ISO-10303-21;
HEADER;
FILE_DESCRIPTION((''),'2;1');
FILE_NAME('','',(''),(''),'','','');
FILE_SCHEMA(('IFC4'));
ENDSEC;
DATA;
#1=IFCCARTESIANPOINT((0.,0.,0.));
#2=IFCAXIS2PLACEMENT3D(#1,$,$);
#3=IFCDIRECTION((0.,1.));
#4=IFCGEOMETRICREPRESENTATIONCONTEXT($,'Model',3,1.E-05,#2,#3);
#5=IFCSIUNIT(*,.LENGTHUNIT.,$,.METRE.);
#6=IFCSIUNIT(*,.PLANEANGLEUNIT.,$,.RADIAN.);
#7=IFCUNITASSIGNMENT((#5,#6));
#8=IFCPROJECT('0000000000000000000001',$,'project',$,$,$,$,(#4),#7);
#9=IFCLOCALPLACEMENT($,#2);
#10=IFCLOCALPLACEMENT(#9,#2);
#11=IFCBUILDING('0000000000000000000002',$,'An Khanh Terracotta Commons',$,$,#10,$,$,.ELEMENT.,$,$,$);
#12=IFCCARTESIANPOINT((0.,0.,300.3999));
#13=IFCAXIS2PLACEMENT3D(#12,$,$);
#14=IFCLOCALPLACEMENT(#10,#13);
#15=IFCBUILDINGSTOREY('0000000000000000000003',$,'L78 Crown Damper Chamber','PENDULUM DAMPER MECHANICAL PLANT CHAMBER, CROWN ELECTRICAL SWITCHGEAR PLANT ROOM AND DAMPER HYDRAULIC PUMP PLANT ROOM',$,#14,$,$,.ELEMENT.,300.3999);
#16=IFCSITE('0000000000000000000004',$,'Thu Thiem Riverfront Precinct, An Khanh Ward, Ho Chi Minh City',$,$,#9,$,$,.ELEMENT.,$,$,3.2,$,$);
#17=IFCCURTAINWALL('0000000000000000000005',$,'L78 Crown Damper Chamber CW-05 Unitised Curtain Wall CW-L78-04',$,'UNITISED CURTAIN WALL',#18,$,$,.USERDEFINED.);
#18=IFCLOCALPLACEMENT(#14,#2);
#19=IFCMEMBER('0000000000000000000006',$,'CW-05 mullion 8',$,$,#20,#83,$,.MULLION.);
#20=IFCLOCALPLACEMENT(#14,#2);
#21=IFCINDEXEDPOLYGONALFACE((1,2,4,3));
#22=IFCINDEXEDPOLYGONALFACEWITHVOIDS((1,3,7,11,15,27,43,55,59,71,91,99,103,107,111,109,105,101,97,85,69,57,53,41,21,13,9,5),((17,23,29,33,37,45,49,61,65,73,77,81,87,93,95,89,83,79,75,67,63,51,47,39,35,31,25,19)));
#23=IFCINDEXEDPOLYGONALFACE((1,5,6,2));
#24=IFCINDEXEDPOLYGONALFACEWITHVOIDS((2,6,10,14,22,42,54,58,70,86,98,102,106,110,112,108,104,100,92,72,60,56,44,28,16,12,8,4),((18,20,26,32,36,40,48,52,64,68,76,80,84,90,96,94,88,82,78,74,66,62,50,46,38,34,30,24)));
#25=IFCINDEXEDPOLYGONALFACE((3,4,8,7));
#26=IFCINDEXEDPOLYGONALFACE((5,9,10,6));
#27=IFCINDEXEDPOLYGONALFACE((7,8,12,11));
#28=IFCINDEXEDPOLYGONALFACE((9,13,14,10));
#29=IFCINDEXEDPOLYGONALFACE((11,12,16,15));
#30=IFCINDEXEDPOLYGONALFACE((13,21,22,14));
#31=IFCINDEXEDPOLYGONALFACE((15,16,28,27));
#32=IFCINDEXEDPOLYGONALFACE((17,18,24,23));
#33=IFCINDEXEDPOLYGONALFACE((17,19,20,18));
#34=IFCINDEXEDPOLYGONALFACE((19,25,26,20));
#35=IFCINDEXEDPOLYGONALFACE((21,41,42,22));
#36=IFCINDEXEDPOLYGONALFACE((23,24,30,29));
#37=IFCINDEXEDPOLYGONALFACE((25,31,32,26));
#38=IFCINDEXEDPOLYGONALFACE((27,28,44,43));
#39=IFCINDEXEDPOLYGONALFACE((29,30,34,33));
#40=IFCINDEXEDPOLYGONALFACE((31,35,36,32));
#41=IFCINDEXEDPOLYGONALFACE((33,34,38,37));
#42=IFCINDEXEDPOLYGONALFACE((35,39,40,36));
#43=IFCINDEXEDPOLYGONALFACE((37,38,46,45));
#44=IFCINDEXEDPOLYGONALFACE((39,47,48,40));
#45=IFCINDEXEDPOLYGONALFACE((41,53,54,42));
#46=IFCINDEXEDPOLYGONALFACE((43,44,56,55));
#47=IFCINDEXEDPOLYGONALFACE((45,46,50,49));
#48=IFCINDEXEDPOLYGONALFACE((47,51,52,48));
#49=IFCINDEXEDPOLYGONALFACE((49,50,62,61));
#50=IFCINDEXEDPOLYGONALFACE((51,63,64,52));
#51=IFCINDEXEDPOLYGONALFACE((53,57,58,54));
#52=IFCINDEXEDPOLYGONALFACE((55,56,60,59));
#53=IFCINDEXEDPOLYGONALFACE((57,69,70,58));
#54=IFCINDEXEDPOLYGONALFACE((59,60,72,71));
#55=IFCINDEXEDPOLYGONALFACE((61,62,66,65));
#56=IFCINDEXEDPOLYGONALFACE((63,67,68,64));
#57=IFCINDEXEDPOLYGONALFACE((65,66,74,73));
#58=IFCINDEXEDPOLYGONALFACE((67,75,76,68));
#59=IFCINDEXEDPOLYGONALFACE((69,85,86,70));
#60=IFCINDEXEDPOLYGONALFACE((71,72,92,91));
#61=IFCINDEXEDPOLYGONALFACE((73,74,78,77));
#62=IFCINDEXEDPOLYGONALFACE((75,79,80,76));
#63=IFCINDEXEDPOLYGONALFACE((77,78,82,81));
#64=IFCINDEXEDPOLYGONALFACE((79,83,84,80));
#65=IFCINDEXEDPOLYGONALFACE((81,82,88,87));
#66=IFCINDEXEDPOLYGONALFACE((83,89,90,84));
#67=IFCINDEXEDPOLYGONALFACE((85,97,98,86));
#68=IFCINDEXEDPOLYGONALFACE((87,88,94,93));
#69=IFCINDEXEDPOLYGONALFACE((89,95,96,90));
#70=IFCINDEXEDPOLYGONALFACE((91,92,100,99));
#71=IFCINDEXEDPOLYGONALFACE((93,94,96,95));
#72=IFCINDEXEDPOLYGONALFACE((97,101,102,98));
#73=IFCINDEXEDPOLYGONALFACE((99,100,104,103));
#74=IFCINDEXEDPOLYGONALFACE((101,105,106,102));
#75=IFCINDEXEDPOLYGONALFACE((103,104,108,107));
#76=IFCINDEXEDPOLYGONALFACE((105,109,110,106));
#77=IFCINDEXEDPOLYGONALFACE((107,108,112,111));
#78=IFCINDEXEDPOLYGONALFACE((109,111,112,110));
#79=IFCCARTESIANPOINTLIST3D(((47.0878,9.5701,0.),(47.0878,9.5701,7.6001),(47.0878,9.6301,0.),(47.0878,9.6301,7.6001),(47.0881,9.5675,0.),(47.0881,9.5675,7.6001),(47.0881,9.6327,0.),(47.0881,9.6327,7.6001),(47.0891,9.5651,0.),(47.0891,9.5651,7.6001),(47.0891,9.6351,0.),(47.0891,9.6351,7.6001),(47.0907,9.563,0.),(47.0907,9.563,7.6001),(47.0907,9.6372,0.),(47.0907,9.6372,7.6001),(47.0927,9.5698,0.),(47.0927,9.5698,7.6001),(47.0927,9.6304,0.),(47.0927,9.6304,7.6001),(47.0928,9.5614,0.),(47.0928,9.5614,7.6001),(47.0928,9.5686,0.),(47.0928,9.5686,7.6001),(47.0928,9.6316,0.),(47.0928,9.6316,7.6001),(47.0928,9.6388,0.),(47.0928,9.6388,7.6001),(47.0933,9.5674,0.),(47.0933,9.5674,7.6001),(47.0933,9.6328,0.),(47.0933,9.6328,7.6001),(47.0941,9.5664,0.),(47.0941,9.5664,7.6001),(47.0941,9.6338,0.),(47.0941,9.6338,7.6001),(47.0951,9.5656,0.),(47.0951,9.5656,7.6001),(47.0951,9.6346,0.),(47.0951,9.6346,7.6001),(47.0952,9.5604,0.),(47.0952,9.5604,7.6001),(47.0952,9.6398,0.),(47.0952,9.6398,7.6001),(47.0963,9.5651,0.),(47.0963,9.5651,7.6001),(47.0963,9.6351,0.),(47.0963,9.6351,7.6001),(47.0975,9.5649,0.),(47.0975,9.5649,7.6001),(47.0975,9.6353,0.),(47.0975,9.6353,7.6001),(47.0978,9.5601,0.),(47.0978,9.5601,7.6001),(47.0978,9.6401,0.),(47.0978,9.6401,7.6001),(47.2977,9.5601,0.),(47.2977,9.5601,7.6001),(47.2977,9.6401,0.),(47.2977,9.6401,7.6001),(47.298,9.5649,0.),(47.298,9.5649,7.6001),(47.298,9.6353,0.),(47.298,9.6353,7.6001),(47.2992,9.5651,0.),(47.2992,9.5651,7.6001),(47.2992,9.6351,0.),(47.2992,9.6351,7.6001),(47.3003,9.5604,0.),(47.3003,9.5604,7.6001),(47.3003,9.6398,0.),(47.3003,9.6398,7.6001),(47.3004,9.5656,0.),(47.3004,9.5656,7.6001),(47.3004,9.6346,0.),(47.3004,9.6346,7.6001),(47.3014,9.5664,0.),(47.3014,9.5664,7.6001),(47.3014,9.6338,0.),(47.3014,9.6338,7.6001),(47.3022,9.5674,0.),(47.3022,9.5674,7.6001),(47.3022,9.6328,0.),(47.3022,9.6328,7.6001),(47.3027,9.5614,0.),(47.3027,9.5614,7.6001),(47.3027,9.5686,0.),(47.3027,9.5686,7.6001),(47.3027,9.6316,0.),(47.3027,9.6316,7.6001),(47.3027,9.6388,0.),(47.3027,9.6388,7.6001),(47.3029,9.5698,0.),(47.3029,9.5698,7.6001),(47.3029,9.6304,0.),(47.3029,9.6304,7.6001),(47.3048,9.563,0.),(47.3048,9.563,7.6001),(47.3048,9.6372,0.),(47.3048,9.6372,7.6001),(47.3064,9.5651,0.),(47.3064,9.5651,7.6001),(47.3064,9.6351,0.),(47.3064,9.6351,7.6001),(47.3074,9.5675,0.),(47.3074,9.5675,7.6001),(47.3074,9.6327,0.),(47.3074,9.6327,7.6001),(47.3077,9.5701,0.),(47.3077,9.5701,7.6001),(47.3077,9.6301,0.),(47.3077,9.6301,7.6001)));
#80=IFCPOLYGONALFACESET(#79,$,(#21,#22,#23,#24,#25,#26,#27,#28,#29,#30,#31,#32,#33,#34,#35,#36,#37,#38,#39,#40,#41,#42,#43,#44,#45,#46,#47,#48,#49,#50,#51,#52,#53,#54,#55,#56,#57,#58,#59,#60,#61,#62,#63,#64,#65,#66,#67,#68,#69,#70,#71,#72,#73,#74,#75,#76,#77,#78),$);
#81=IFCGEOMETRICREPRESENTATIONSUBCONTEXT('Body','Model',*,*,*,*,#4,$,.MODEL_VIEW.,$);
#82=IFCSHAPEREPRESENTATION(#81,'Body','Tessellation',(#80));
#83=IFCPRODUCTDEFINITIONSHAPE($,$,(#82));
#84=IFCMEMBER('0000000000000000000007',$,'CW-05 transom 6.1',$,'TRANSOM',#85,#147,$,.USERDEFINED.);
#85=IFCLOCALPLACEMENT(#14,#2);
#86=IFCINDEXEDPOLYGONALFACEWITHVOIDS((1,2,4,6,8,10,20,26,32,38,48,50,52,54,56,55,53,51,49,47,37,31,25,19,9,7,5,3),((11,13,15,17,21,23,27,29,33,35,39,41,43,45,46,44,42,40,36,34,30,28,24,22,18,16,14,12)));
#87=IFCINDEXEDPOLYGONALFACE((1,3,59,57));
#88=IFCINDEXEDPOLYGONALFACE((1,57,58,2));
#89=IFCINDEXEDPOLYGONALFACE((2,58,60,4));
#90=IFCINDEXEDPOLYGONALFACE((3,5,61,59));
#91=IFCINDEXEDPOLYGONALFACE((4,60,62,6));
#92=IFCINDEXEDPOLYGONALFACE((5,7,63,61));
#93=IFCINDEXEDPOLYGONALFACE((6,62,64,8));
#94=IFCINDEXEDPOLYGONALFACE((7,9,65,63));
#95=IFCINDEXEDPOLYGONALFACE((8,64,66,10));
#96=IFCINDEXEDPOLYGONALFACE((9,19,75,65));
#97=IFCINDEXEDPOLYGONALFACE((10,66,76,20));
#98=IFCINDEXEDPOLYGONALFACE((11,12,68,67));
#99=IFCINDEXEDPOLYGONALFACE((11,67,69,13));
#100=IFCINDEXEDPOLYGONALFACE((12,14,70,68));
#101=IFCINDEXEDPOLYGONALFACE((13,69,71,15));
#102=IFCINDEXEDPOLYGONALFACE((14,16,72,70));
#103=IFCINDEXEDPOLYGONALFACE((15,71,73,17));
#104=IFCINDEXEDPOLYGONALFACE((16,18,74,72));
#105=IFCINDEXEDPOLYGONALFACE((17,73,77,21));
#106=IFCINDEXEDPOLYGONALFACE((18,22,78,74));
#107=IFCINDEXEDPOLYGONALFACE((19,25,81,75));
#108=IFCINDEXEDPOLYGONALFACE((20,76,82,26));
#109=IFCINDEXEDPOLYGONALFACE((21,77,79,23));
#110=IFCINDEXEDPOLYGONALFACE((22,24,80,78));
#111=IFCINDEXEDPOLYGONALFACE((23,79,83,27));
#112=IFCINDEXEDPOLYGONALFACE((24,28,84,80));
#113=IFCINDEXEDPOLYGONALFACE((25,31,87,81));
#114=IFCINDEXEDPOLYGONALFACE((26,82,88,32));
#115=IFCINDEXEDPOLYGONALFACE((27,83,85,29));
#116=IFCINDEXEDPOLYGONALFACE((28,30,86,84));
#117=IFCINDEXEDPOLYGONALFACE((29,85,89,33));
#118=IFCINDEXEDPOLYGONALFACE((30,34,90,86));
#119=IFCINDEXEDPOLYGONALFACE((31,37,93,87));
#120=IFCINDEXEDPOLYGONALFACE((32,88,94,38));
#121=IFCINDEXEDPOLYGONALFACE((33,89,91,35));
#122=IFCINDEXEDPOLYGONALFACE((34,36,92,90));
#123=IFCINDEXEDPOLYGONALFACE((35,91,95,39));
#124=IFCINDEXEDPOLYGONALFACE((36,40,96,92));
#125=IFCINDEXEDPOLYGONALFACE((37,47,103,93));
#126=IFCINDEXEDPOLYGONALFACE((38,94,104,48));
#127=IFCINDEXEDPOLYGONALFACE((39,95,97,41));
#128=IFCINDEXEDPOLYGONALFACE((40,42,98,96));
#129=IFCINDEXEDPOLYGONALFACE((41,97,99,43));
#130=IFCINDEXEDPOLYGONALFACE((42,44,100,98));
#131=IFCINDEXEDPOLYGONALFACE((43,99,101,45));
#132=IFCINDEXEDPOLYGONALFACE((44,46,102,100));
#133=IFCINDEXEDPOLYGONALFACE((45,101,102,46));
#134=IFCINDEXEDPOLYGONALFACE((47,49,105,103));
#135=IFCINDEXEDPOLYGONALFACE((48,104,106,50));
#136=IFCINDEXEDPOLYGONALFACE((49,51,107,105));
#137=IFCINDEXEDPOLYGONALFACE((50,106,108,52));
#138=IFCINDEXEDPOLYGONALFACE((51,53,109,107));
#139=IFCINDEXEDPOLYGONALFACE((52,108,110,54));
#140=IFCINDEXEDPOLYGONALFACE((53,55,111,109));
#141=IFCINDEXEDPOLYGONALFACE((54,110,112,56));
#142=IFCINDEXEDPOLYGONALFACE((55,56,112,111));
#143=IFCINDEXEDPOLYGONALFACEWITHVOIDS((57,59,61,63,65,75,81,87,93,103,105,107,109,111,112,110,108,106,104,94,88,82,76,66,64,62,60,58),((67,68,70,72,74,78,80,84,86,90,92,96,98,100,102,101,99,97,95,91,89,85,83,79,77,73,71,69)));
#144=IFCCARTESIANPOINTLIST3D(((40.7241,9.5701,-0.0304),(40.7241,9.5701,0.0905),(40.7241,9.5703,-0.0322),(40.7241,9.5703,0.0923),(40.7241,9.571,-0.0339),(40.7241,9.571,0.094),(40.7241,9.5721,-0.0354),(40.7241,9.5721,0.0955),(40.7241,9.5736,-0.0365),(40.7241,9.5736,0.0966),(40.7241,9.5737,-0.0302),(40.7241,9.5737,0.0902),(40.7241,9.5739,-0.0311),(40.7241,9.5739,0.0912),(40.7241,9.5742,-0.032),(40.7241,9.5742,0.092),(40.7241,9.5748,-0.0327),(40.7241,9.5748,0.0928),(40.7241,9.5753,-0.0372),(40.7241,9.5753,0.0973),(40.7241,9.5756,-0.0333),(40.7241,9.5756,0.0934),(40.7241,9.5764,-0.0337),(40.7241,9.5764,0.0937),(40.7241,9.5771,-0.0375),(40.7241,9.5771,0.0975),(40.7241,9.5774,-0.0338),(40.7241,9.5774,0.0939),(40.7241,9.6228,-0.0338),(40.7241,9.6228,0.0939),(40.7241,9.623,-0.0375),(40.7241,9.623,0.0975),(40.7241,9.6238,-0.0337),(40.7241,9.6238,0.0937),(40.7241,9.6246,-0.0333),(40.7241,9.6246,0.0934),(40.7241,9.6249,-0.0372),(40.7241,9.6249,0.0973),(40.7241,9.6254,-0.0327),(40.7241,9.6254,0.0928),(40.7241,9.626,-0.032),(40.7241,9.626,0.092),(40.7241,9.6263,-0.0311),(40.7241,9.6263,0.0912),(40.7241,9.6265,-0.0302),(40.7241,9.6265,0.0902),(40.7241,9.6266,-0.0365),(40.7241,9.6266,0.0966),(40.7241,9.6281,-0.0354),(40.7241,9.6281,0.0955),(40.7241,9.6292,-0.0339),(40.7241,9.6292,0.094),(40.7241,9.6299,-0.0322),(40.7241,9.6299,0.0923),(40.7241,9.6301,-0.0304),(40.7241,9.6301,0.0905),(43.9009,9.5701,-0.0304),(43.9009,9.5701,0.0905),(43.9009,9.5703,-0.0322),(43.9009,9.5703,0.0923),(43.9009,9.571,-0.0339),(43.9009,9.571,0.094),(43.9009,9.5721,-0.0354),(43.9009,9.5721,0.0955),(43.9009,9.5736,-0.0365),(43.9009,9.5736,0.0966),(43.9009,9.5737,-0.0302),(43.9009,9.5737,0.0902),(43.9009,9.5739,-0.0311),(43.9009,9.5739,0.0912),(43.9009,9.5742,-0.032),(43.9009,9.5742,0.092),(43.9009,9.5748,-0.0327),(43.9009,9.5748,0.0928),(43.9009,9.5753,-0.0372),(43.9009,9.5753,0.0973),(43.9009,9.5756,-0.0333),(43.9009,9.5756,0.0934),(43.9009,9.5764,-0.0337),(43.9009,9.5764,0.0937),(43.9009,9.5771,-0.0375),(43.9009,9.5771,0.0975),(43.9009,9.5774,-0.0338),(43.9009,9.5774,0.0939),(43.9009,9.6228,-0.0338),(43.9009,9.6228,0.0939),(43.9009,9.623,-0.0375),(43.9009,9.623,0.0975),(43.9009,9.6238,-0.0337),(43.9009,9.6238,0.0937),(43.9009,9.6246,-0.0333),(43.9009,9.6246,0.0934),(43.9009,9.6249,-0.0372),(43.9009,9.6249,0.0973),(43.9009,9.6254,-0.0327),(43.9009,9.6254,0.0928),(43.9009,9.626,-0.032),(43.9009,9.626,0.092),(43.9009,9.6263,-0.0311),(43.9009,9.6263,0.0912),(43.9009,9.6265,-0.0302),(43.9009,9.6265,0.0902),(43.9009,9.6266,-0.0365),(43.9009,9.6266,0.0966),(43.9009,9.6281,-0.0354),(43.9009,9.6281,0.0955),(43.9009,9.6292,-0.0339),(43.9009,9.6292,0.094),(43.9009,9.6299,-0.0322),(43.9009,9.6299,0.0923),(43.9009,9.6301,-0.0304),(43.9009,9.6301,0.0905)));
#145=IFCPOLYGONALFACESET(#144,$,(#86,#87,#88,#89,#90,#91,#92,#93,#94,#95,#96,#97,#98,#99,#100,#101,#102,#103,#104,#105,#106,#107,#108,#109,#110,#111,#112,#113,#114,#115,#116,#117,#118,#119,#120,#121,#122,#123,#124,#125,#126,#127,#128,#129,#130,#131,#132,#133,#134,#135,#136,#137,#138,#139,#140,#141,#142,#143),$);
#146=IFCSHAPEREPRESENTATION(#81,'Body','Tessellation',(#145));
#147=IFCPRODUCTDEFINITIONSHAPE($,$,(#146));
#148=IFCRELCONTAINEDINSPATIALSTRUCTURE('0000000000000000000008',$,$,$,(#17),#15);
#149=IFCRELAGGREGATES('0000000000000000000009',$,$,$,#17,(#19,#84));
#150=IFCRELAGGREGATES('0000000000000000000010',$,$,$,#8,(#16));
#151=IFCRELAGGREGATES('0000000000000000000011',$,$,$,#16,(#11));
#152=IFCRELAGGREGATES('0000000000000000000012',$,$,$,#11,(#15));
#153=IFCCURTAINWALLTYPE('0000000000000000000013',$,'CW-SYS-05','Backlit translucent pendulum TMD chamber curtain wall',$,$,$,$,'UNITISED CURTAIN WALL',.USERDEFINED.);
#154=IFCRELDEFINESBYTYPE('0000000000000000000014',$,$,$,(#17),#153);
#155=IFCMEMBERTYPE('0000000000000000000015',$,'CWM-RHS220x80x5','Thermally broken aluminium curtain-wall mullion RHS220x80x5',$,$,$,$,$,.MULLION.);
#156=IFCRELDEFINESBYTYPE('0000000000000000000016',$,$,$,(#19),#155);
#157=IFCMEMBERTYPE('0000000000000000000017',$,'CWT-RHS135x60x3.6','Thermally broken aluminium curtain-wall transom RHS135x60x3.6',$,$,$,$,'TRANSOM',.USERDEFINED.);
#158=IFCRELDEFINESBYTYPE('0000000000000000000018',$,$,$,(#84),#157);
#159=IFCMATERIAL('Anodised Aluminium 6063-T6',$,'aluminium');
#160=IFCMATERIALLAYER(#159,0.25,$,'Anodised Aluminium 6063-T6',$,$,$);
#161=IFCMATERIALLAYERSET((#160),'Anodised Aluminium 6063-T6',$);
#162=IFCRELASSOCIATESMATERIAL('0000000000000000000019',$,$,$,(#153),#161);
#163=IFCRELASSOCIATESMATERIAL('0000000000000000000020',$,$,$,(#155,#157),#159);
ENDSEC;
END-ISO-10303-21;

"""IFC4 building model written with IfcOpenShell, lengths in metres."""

from ifc_helpers import new_model, si_unit, direction, frame, origin, origin_2d, place, context, subcontext, project, spatial, hollow_rectangle, extrude, material, layer, layer_set, material_profile, profile_set, type_object, element, aggregate, save


model = new_model("IFC4")

# Units and contexts
model_context = context("Model", 3, precision=1e-05, world=origin(), true_north=direction((0.0, 1.0)))
body_context = subcontext(model_context, "Body", "Model", "MODEL_VIEW")
ifc_project = project(units=[si_unit("LENGTHUNIT", "METRE"), si_unit("PLANEANGLEUNIT", "RADIAN")], contexts=[model_context])

# Site, building, storey
site_placement = place(None, origin())
site = spatial("IfcSite", under=ifc_project, at=site_placement, Name="Thu Thiem Riverfront Precinct, An Khanh Ward, Ho Chi Minh City", CompositionType="ELEMENT", RefElevation=3.2)
building_placement = place(site_placement, origin())
building = spatial("IfcBuilding", under=site, at=building_placement, Name="An Khanh Terracotta Commons", CompositionType="ELEMENT")
storey_placement = place(building_placement, frame((0.0, 0.0, 300.3999)))
storey = spatial("IfcBuildingStorey", under=building, at=storey_placement, Name="L78 Crown Damper Chamber", Description="PENDULUM DAMPER MECHANICAL PLANT CHAMBER, CROWN ELECTRICAL SWITCHGEAR PLANT ROOM AND DAMPER HYDRAULIC PUMP PLANT ROOM", CompositionType="ELEMENT", Elevation=300.3999)

# Curtain wall, members
ifc_material_1 = material(Name="Anodised Aluminium 6063-T6", Category="aluminium")
ifc_layer_1 = layer(ifc_material_1, 0.25, Name="Anodised Aluminium 6063-T6")
ifc_layer_set_1 = layer_set([ifc_layer_1], Name="Anodised Aluminium 6063-T6")
curtain_wall_type = type_object("IfcCurtainWallType", Name="CW-SYS-05", Description="Backlit translucent pendulum TMD chamber curtain wall", ElementType="UNITISED CURTAIN WALL", PredefinedType="USERDEFINED", material=ifc_layer_set_1)
curtain_wall_placement = place(storey_placement, origin())
curtain_wall = element("IfcCurtainWall", 1, at=curtain_wall_placement, inside=storey, type_object=curtain_wall_type, Name="L78 Crown Damper Chamber CW-05 Unitised Curtain Wall CW-L78-04", ObjectType="UNITISED CURTAIN WALL", PredefinedType="USERDEFINED")
ifc_material_profile_1 = material_profile(ifc_material_1, hollow_rectangle(XDim=0.0801, YDim=0.22, WallThickness=0.0049, InnerFilletRadius=0.0049, OuterFilletRadius=0.01, at=origin_2d()), Name="RHS220x80x5")
ifc_profile_set_1 = profile_set([ifc_material_profile_1], Name="Anodised Aluminium 6063-T6")
member_type_1 = type_object("IfcMemberType", Name="CWM-RHS220x80x5", Description="Thermally broken aluminium curtain-wall mullion RHS220x80x5", PredefinedType="MULLION", material=ifc_profile_set_1)
member_1_placement = place(storey_placement, frame((47.1978, 9.6001, 0.0), z_axis=(0.0, 0.0, 1.0), x_axis=(0.0, 1.0, 0.0)))
member_1 = element("IfcMember", 2, at=member_1_placement, type_object=member_type_1, Name="CW-05 mullion 8", PredefinedType="MULLION", context=body_context, shape_type="SweptSolid", body=[
    extrude(hollow_rectangle(XDim=0.0801, YDim=0.22, WallThickness=0.0049, InnerFilletRadius=0.0049, OuterFilletRadius=0.01, at=origin_2d()), origin(), (0.0, 0.0, 1.0), 7.6001),
])
ifc_material_profile_2 = material_profile(ifc_material_1, hollow_rectangle(XDim=0.0601, YDim=0.135, WallThickness=0.0037, InnerFilletRadius=0.0037, OuterFilletRadius=0.0071, at=origin_2d()), Name="RHS135x60x3.6")
ifc_profile_set_2 = profile_set([ifc_material_profile_2], Name="Anodised Aluminium 6063-T6")
member_type_2 = type_object("IfcMemberType", Name="CWT-RHS135x60x3.6", Description="Thermally broken aluminium curtain-wall transom RHS135x60x3.6", ElementType="TRANSOM", PredefinedType="USERDEFINED", material=ifc_profile_set_2)
member_2_placement = place(storey_placement, frame((40.7241, 9.6001, 0.03), z_axis=(1.0, 0.0, 0.0), x_axis=(0.0, 1.0, 0.0)))
member_2 = element("IfcMember", 3, at=member_2_placement, type_object=member_type_2, Name="CW-05 transom 6.1", ObjectType="TRANSOM", PredefinedType="USERDEFINED", context=body_context, shape_type="SweptSolid", body=[
    extrude(hollow_rectangle(XDim=0.0601, YDim=0.135, WallThickness=0.0037, InnerFilletRadius=0.0037, OuterFilletRadius=0.0071, at=origin_2d()), origin(), (0.0, 0.0, 1.0), 3.1768),
])

aggregate(curtain_wall, [member_1, member_2])

save(model, "model.ifc")
